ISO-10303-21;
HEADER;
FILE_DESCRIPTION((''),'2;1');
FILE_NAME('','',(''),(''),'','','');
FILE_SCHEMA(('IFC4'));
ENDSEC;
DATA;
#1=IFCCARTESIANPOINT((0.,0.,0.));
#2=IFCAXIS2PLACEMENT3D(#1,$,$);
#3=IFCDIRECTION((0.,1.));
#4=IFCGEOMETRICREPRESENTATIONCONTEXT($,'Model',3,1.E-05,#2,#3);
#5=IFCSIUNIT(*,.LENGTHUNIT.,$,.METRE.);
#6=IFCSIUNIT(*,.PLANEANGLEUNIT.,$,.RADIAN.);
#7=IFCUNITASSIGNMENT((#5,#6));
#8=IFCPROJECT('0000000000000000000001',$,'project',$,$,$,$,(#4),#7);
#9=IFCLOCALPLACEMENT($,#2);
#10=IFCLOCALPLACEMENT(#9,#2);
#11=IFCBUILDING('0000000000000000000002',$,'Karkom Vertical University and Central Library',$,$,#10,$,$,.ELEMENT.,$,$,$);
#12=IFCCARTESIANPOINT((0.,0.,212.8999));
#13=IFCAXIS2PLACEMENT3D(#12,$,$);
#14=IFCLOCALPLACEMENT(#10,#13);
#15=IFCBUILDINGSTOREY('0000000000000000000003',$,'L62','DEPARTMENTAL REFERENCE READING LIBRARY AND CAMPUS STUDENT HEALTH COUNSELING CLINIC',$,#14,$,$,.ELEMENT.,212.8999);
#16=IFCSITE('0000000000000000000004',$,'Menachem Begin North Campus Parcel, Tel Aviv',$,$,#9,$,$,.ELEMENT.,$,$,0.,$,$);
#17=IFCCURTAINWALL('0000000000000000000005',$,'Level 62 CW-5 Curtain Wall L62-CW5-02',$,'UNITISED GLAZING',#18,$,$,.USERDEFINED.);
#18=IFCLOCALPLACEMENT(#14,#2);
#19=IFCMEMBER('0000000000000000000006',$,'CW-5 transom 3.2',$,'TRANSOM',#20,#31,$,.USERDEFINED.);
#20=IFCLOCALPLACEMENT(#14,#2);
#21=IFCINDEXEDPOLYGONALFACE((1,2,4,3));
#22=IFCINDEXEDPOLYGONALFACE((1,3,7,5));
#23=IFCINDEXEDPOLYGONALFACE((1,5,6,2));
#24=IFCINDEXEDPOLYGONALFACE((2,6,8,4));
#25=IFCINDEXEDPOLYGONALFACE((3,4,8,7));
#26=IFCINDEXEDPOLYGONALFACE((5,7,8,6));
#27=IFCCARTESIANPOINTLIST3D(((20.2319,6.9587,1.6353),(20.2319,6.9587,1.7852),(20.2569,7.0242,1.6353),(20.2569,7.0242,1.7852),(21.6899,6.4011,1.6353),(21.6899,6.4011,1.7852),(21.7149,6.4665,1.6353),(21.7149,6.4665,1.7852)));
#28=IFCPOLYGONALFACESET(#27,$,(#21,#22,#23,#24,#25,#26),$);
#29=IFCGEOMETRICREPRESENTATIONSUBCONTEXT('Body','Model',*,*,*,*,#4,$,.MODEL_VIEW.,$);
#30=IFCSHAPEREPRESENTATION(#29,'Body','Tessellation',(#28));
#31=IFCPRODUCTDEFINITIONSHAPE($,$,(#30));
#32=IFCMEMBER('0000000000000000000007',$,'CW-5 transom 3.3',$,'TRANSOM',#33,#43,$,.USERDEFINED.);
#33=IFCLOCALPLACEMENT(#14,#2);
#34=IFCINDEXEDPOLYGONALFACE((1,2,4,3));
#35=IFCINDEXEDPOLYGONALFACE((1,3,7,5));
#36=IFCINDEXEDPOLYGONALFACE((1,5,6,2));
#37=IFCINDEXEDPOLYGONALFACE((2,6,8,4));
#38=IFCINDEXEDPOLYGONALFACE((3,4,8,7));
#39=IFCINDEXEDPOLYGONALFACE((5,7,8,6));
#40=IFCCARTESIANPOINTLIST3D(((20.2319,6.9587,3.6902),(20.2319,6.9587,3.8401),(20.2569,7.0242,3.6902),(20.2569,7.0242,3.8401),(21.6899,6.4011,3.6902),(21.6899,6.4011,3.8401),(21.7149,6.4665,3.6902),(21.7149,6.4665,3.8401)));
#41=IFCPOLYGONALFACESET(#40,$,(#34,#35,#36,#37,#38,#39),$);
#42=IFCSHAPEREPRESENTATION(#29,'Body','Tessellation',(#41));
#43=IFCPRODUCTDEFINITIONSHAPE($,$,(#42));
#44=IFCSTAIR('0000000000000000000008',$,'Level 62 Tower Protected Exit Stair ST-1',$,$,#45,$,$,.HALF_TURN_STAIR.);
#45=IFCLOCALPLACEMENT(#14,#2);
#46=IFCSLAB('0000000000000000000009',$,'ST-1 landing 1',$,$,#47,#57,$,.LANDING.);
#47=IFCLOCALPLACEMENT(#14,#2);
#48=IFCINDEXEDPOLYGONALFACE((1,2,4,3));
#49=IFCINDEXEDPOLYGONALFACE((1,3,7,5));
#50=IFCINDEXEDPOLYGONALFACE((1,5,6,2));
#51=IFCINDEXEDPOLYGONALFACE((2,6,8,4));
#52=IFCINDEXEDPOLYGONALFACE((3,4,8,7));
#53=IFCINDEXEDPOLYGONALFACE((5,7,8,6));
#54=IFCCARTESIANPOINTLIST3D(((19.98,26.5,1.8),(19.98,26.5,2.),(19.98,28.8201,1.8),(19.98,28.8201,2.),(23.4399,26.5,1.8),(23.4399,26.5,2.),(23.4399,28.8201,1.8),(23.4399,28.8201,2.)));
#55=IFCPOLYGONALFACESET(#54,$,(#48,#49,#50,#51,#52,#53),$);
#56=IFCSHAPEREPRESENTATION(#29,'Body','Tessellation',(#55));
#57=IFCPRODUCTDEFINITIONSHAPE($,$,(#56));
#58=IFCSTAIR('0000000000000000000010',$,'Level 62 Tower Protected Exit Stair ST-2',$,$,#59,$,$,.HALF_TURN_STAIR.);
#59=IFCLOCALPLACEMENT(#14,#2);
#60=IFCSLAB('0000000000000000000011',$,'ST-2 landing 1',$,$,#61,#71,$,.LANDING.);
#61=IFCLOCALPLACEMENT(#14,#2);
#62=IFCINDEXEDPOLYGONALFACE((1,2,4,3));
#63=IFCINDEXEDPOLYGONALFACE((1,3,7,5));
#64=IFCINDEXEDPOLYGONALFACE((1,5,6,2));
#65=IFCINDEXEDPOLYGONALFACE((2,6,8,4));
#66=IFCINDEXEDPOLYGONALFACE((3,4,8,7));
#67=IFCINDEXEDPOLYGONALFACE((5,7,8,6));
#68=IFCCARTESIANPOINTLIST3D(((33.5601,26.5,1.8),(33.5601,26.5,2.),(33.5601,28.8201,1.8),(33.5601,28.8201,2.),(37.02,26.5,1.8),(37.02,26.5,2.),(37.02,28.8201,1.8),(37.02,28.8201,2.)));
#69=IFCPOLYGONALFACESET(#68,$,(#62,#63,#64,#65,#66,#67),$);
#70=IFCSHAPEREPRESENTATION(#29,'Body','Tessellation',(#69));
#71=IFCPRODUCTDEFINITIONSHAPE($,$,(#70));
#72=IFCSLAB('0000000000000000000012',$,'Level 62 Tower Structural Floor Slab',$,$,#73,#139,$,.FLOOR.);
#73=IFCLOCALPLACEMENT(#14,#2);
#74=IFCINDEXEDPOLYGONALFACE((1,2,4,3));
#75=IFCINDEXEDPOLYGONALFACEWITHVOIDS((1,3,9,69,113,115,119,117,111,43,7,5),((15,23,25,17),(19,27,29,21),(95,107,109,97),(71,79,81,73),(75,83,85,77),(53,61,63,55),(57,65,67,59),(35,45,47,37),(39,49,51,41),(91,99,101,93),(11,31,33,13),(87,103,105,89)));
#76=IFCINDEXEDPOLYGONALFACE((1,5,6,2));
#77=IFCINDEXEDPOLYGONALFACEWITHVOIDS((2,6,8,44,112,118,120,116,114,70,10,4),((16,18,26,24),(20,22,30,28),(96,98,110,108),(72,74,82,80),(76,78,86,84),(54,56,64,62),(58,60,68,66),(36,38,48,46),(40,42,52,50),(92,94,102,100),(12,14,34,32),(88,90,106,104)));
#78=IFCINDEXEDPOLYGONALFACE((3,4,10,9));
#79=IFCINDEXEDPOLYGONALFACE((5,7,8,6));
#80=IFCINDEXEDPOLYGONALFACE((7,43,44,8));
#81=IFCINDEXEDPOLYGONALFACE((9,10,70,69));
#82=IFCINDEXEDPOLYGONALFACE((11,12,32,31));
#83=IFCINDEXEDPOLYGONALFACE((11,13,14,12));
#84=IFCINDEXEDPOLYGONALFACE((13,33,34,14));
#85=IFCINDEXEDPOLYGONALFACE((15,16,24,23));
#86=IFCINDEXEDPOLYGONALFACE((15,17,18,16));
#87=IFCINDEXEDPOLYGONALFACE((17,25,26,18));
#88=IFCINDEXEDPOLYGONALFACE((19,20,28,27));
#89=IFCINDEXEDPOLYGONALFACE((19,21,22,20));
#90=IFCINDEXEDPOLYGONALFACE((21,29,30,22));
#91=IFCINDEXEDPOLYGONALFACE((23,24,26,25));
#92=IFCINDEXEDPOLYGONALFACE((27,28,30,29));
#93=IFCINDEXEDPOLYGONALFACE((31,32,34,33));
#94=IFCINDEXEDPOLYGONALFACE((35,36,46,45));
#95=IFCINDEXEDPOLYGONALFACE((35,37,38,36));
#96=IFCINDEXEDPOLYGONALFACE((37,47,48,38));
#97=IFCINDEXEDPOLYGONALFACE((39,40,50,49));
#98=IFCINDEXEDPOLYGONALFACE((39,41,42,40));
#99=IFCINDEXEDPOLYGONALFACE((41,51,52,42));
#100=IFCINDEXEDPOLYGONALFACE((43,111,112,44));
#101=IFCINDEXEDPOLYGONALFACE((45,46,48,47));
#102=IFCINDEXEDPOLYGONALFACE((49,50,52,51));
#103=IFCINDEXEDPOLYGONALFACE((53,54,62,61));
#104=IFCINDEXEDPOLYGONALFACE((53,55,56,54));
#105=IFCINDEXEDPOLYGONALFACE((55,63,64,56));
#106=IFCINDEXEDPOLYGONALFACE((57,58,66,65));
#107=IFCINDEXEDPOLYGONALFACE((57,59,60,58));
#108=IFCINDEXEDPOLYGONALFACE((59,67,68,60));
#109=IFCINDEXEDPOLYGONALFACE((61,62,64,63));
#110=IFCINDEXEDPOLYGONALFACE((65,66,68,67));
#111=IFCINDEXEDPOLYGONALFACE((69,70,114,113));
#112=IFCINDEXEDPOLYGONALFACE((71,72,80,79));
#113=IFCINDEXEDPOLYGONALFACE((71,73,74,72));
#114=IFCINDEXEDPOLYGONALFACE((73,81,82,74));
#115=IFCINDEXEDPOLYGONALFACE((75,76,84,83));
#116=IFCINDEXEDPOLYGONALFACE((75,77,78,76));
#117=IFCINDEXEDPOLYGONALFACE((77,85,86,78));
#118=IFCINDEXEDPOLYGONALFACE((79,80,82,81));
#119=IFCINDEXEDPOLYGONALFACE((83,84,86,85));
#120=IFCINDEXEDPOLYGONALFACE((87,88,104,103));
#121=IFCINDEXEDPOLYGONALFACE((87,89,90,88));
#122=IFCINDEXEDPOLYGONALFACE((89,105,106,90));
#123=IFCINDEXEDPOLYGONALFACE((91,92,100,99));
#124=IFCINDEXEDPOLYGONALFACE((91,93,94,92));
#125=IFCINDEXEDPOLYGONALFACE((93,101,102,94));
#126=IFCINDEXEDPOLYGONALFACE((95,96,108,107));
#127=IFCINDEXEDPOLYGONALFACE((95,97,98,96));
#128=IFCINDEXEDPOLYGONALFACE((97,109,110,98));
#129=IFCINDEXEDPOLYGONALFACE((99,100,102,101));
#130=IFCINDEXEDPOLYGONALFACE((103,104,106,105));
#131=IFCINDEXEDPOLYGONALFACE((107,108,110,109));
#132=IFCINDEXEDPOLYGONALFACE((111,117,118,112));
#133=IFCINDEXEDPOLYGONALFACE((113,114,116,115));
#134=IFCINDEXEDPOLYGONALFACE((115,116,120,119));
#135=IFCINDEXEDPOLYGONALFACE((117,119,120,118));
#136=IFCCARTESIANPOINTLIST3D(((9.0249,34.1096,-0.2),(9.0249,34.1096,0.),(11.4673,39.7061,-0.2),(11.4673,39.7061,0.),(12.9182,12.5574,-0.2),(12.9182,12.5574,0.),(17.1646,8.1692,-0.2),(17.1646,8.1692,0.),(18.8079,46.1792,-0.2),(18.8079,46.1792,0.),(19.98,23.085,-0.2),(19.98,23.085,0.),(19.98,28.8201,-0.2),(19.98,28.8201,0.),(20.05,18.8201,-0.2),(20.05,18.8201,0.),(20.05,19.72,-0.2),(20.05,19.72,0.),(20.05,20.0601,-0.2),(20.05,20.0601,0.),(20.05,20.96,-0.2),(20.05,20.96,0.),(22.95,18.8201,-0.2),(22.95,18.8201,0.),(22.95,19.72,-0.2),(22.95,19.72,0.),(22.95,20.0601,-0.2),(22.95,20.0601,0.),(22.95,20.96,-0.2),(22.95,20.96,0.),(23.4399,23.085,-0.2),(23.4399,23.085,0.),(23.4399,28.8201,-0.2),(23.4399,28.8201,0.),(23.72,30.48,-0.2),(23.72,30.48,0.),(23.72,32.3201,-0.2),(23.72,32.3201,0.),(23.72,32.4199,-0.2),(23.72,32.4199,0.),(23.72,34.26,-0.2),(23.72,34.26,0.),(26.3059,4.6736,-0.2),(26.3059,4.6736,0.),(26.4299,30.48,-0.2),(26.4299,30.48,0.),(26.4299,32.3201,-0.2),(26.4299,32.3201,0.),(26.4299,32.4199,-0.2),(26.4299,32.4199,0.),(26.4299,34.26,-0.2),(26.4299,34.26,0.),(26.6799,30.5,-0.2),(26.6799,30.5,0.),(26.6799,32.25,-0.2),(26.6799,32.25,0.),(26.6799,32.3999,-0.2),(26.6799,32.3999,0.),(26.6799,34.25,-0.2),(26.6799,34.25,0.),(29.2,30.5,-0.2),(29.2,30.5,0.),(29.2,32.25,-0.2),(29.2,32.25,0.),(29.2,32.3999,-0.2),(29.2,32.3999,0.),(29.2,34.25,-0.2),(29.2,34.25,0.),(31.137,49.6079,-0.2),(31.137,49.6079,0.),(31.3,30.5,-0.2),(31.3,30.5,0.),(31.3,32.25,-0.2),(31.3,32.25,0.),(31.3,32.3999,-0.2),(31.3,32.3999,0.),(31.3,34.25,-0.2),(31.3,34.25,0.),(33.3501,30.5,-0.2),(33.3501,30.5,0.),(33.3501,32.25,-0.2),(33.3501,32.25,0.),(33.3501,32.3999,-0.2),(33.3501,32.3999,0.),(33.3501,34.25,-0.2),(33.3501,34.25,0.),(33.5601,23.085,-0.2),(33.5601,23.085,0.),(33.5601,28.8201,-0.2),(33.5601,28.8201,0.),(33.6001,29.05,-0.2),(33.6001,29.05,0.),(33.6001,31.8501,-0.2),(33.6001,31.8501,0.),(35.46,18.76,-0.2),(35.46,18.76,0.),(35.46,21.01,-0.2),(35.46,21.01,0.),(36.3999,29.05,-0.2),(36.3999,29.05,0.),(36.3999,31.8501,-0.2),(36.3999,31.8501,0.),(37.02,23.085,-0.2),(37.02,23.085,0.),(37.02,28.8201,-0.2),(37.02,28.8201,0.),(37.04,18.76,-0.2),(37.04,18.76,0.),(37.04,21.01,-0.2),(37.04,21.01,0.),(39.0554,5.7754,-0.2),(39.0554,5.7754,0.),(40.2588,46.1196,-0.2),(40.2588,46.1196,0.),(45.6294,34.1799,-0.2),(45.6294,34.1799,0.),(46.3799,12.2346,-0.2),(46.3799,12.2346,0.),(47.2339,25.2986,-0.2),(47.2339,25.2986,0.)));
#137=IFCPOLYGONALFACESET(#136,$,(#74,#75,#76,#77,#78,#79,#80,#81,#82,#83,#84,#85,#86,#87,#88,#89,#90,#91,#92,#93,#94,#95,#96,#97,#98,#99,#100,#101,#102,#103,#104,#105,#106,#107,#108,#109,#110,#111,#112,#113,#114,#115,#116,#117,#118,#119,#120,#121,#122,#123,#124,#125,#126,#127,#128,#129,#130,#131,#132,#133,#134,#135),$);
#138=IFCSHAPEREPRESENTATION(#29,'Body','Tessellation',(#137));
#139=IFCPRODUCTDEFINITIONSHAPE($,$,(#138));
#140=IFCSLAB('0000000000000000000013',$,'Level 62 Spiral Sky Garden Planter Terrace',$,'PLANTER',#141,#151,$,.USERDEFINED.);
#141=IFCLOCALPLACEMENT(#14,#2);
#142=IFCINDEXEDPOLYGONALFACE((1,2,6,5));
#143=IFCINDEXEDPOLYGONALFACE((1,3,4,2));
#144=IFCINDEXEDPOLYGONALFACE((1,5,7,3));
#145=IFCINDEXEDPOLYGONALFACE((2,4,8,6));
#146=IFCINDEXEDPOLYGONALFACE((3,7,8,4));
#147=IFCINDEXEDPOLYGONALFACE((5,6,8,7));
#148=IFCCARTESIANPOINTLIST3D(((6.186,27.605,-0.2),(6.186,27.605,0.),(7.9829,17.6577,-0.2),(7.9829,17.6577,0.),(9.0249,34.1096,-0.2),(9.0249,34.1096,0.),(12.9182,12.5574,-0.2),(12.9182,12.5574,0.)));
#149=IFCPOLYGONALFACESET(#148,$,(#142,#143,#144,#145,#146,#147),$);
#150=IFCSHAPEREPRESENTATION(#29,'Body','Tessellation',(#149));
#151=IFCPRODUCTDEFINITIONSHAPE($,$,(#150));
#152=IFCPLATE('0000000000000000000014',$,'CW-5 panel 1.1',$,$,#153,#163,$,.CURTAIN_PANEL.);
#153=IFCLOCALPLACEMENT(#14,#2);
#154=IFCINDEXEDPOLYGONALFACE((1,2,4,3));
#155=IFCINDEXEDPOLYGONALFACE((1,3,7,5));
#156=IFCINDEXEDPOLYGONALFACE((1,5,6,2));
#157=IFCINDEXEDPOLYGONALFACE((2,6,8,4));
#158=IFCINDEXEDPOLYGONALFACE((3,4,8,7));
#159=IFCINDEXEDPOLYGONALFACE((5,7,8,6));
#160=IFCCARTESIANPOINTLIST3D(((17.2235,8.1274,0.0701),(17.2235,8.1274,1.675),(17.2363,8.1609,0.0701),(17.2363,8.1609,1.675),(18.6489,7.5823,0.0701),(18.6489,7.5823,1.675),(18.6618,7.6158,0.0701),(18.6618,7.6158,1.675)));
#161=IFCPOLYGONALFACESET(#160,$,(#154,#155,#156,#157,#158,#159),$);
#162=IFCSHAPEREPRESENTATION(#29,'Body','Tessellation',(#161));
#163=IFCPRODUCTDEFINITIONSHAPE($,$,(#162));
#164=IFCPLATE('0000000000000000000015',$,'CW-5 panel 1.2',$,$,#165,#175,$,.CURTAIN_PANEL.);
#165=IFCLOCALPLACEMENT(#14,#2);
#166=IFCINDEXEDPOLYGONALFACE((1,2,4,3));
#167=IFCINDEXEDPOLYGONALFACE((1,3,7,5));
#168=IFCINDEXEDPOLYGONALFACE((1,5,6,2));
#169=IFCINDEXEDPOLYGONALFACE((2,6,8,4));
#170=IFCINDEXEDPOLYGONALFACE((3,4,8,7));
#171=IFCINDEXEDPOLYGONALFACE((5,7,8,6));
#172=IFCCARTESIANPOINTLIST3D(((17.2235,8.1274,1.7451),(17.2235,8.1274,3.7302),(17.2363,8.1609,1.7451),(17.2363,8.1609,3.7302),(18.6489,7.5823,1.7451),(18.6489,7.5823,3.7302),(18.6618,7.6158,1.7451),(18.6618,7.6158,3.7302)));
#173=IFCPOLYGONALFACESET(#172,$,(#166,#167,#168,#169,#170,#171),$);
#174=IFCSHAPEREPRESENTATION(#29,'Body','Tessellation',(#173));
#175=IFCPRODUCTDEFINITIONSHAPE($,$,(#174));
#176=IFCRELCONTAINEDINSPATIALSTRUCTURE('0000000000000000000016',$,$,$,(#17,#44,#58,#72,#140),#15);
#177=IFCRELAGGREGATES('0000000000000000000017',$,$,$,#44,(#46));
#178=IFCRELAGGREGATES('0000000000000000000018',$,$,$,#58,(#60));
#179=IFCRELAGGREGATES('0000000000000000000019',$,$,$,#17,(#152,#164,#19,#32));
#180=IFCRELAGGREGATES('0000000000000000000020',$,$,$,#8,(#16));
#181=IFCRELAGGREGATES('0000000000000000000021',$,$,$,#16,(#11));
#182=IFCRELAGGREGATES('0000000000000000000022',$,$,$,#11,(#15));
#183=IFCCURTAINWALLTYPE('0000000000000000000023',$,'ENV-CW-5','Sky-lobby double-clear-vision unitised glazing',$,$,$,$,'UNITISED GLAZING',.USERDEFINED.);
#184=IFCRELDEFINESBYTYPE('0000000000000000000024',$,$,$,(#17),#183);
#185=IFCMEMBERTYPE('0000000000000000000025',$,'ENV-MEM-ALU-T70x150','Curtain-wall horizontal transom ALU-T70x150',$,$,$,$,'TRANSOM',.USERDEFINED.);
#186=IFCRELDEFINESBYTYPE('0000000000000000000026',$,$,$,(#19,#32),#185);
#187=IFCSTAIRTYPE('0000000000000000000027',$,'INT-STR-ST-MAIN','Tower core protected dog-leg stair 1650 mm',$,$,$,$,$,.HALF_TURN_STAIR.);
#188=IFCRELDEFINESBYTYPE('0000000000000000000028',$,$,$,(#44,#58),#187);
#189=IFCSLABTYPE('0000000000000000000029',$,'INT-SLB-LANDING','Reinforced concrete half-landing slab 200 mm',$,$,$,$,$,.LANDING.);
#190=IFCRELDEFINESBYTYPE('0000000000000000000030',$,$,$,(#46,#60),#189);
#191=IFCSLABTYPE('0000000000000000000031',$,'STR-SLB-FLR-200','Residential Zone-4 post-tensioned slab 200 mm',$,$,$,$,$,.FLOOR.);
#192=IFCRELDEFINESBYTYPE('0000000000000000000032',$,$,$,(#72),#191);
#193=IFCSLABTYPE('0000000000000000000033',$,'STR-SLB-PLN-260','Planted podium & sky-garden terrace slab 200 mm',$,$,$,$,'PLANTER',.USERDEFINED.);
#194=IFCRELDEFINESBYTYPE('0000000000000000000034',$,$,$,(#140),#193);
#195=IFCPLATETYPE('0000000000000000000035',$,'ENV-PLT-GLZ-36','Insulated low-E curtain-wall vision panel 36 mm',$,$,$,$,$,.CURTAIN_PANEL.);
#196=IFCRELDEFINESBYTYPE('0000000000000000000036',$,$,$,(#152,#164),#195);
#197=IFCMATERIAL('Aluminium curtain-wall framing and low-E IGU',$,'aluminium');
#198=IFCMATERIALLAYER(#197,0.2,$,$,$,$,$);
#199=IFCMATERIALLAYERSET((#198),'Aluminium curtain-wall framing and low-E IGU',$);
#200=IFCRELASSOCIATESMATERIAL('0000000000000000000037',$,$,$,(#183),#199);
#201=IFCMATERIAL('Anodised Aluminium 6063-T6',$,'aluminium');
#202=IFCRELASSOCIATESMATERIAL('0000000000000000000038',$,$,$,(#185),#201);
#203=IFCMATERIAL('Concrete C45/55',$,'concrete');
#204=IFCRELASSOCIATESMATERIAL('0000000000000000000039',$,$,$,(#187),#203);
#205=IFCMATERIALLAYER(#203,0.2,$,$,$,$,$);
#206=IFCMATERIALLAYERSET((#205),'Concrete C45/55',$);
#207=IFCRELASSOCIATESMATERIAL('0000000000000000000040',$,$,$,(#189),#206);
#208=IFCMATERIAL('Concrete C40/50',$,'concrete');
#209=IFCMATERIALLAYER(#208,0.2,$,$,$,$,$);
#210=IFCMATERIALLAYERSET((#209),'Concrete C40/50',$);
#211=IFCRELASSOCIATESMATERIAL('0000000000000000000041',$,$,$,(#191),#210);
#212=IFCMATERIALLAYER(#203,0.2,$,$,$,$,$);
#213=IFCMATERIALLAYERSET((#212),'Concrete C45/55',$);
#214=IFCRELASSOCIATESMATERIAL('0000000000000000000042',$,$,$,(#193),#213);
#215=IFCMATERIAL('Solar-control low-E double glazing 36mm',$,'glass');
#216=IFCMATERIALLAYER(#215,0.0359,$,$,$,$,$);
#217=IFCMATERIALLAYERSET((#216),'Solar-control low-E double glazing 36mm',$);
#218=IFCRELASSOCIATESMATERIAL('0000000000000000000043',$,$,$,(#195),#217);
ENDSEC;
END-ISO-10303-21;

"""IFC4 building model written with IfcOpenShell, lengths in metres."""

from ifc_helpers import new_model, si_unit, direction, frame, origin, origin_with_axes, origin_2d, place, context, subcontext, project, spatial, polyline, rectangle, outline, extrude, source, transform, mapped, material, layer, layer_set, material_profile, profile_set, type_object, element, aggregate, save


model = new_model("IFC4")

# Units and contexts
model_context = context("Model", 3, precision=1e-05, world=origin(), true_north=direction((0.0, 1.0)))
body_context = subcontext(model_context, "Body", "Model", "MODEL_VIEW")
ifc_project = project(units=[si_unit("LENGTHUNIT", "METRE"), si_unit("PLANEANGLEUNIT", "RADIAN")], contexts=[model_context])

# Site, building, storey
site_placement = place(None, origin())
site = spatial("IfcSite", under=ifc_project, at=site_placement, Name="Menachem Begin North Campus Parcel, Tel Aviv", CompositionType="ELEMENT", RefElevation=0.0)
building_placement = place(site_placement, origin())
building = spatial("IfcBuilding", under=site, at=building_placement, Name="Karkom Vertical University and Central Library", CompositionType="ELEMENT")
storey_placement = place(building_placement, frame((0.0, 0.0, 212.8999)))
storey = spatial("IfcBuildingStorey", under=building, at=storey_placement, Name="L62", Description="DEPARTMENTAL REFERENCE READING LIBRARY AND CAMPUS STUDENT HEALTH COUNSELING CLINIC", CompositionType="ELEMENT", Elevation=212.8999)

# Curtain wall, members
ifc_material_1 = material(Name="Aluminium curtain-wall framing and low-E IGU", Category="aluminium")
ifc_layer_1 = layer(ifc_material_1, 0.2)
ifc_layer_set_1 = layer_set([ifc_layer_1], Name="Aluminium curtain-wall framing and low-E IGU")
curtain_wall_type = type_object("IfcCurtainWallType", Name="ENV-CW-5", Description="Sky-lobby double-clear-vision unitised glazing", ElementType="UNITISED GLAZING", PredefinedType="USERDEFINED", material=ifc_layer_set_1)
curtain_wall_placement = place(storey_placement, origin())
curtain_wall = element("IfcCurtainWall", 1, at=curtain_wall_placement, inside=storey, type_object=curtain_wall_type, Name="Level 62 CW-5 Curtain Wall L62-CW5-02", ObjectType="UNITISED GLAZING", PredefinedType="USERDEFINED")
ifc_material_2 = material(Name="Anodised Aluminium 6063-T6", Category="aluminium")
ifc_material_profile_1 = material_profile(ifc_material_2, rectangle(XDim=0.0701, YDim=0.1499, at=origin_2d()), Name="ALU-T70x150")
ifc_profile_set_1 = profile_set([ifc_material_profile_1], Name="Anodised Aluminium 6063-T6")
member_type_1 = type_object("IfcMemberType", Name="ENV-MEM-ALU-T70x150", Description="Curtain-wall horizontal transom ALU-T70x150", ElementType="TRANSOM", PredefinedType="USERDEFINED", material=ifc_profile_set_1)
shared_shape_1 = source(origin_with_axes(), body_context, "Body", "SweptSolid", [
    extrude(rectangle(XDim=0.0701, YDim=0.1499, at=origin_2d()), origin(), (0.0, 0.0, 1.0), 1.561),
])
member_1_placement = place(storey_placement, frame((20.2444, 6.9915, 1.7102), z_axis=(0.934021, -0.357218, 0.0), x_axis=(0.357218, 0.934021, 0.0)))
member_1 = element("IfcMember", 2, at=member_1_placement, type_object=member_type_1, Name="CW-5 transom 3.2", ObjectType="TRANSOM", PredefinedType="USERDEFINED", context=body_context, shape_type="MappedRepresentation", body=[
    mapped(shared_shape_1, transform((0.0, 0.0, 0.0), scale=1.0)),
])
member_2_placement = place(storey_placement, frame((20.2444, 6.9915, 3.7651), z_axis=(0.934021, -0.357218, 0.0), x_axis=(0.357218, 0.934021, 0.0)))
member_2 = element("IfcMember", 3, at=member_2_placement, type_object=member_type_1, Name="CW-5 transom 3.3", ObjectType="TRANSOM", PredefinedType="USERDEFINED", context=body_context, shape_type="MappedRepresentation", body=[
    mapped(shared_shape_1, transform((0.0, 0.0, 0.0), scale=1.0)),
])

# Stairs, slabs
ifc_material_3 = material(Name="Concrete C45/55", Category="concrete")
stair_type = type_object("IfcStairType", Name="INT-STR-ST-MAIN", Description="Tower core protected dog-leg stair 1650 mm", PredefinedType="HALF_TURN_STAIR", material=ifc_material_3)
stair_1_placement = place(storey_placement, origin())
stair_1 = element("IfcStair", 4, at=stair_1_placement, inside=storey, type_object=stair_type, Name="Level 62 Tower Protected Exit Stair ST-1", PredefinedType="HALF_TURN_STAIR")
ifc_layer_2 = layer(ifc_material_3, 0.2)
ifc_layer_set_2 = layer_set([ifc_layer_2], Name="Concrete C45/55")
slab_type_1 = type_object("IfcSlabType", Name="INT-SLB-LANDING", Description="Reinforced concrete half-landing slab 200 mm", PredefinedType="LANDING", material=ifc_layer_set_2)
slab_1_placement = place(storey_placement, frame((0.0, 0.0, 1.8)))
slab_1 = element("IfcSlab", 5, at=slab_1_placement, type_object=slab_type_1, Name="ST-1 landing 1", PredefinedType="LANDING", context=body_context, shape_type="SweptSolid", body=[
    extrude(outline(polyline([(23.4399, 26.5), (23.4399, 28.8201), (19.98, 28.8201), (19.98, 26.5), (23.4399, 26.5)])), origin(), (0.0, 0.0, 1.0), 0.2),
])
aggregate(stair_1, [slab_1])
stair_2_placement = place(storey_placement, origin())
stair_2 = element("IfcStair", 6, at=stair_2_placement, inside=storey, type_object=stair_type, Name="Level 62 Tower Protected Exit Stair ST-2", PredefinedType="HALF_TURN_STAIR")
slab_2_placement = place(storey_placement, frame((0.0, 0.0, 1.8)))
slab_2 = element("IfcSlab", 7, at=slab_2_placement, type_object=slab_type_1, Name="ST-2 landing 1", PredefinedType="LANDING", context=body_context, shape_type="SweptSolid", body=[
    extrude(outline(polyline([(37.02, 26.5), (37.02, 28.8201), (33.5601, 28.8201), (33.5601, 26.5), (37.02, 26.5)])), origin(), (0.0, 0.0, 1.0), 0.2),
])
aggregate(stair_2, [slab_2])

# Slabs
ifc_material_4 = material(Name="Concrete C40/50", Category="concrete")
ifc_layer_3 = layer(ifc_material_4, 0.2)
ifc_layer_set_3 = layer_set([ifc_layer_3], Name="Concrete C40/50")
slab_type_2 = type_object("IfcSlabType", Name="STR-SLB-FLR-200", Description="Residential Zone-4 post-tensioned slab 200 mm", PredefinedType="FLOOR", material=ifc_layer_set_3)
slab_3_placement = place(storey_placement, frame((0.0, 0.0, -0.2)))
element("IfcSlab", 8, at=slab_3_placement, inside=storey, type_object=slab_type_2, Name="Level 62 Tower Structural Floor Slab", PredefinedType="FLOOR", context=body_context, shape_type="SweptSolid", body=[
    extrude(outline(polyline([(12.9182, 12.5574), (17.1646, 8.1692), (26.3059, 4.6736), (39.0554, 5.7754), (46.3799, 12.2346), (47.2339, 25.2986), (45.6294, 34.1799), (40.2588, 46.1196), (31.137, 49.6079), (18.8079, 46.1792), (11.4673, 39.7061), (9.0249, 34.1096), (12.9182, 12.5574)]), holes=[polyline([(19.98, 23.085), (23.4399, 23.085), (23.4399, 28.8201), (19.98, 28.8201), (19.98, 23.085)]), polyline([(33.5601, 23.085), (37.02, 23.085), (37.02, 28.8201), (33.5601, 28.8201), (33.5601, 23.085)]), polyline([(26.6799, 30.5), (29.2, 30.5), (29.2, 32.25), (26.6799, 32.25), (26.6799, 30.5)]), polyline([(26.6799, 32.3999), (29.2, 32.3999), (29.2, 34.25), (26.6799, 34.25), (26.6799, 32.3999)]), polyline([(31.3, 30.5), (33.3501, 30.5), (33.3501, 32.25), (31.3, 32.25), (31.3, 30.5)]), polyline([(31.3, 32.3999), (33.3501, 32.3999), (33.3501, 34.25), (31.3, 34.25), (31.3, 32.3999)]), polyline([(23.72, 30.48), (26.4299, 30.48), (26.4299, 32.3201), (23.72, 32.3201), (23.72, 30.48)]), polyline([(23.72, 32.4199), (26.4299, 32.4199), (26.4299, 34.26), (23.72, 34.26), (23.72, 32.4199)]), polyline([(33.6001, 29.05), (36.3999, 29.05), (36.3999, 31.8501), (33.6001, 31.8501), (33.6001, 29.05)]), polyline([(20.05, 18.8201), (22.95, 18.8201), (22.95, 19.72), (20.05, 19.72), (20.05, 18.8201)]), polyline([(20.05, 20.0601), (22.95, 20.0601), (22.95, 20.96), (20.05, 20.96), (20.05, 20.0601)]), polyline([(35.46, 18.76), (37.04, 18.76), (37.04, 21.01), (35.46, 21.01), (35.46, 18.76)])]), origin(), (0.0, 0.0, 1.0), 0.2),
])
ifc_layer_4 = layer(ifc_material_3, 0.2)
ifc_layer_set_4 = layer_set([ifc_layer_4], Name="Concrete C45/55")
slab_type_3 = type_object("IfcSlabType", Name="STR-SLB-PLN-260", Description="Planted podium & sky-garden terrace slab 200 mm", ElementType="PLANTER", PredefinedType="USERDEFINED", material=ifc_layer_set_4)
slab_4_placement = place(storey_placement, frame((0.0, 0.0, -0.2)))
element("IfcSlab", 9, at=slab_4_placement, inside=storey, type_object=slab_type_3, Name="Level 62 Spiral Sky Garden Planter Terrace", ObjectType="PLANTER", PredefinedType="USERDEFINED", context=body_context, shape_type="SweptSolid", body=[
    extrude(outline(polyline([(7.9829, 17.6577), (12.9182, 12.5574), (9.0249, 34.1096), (6.186, 27.605), (7.9829, 17.6577)])), origin(), (0.0, 0.0, 1.0), 0.2),
])

# Plates
ifc_material_5 = material(Name="Solar-control low-E double glazing 36mm", Category="glass")
ifc_layer_5 = layer(ifc_material_5, 0.0359)
ifc_layer_set_5 = layer_set([ifc_layer_5], Name="Solar-control low-E double glazing 36mm")
plate_type = type_object("IfcPlateType", Name="ENV-PLT-GLZ-36", Description="Insulated low-E curtain-wall vision panel 36 mm", PredefinedType="CURTAIN_PANEL", material=ifc_layer_set_5)
shared_shape_2 = source(origin_with_axes(), body_context, "Body", "SweptSolid", [
    extrude(rectangle(XDim=1.5261, YDim=0.0359, at=origin_2d()), origin(), (0.0, 0.0, 1.0), 1.605),
])
plate_1_placement = place(storey_placement, frame((17.9426, 7.8716, 0.0701), z_axis=(0.0, 0.0, 1.0), x_axis=(0.934035, -0.357182, 0.0)))
plate_1 = element("IfcPlate", 10, at=plate_1_placement, type_object=plate_type, Name="CW-5 panel 1.1", PredefinedType="CURTAIN_PANEL", context=body_context, shape_type="MappedRepresentation", body=[
    mapped(shared_shape_2, transform((0.0, 0.0, 0.0), scale=1.0)),
])
shared_shape_3 = source(origin_with_axes(), body_context, "Body", "SweptSolid", [
    extrude(rectangle(XDim=1.5261, YDim=0.0359, at=origin_2d()), origin(), (0.0, 0.0, 1.0), 1.9851),
])
plate_2_placement = place(storey_placement, frame((17.9426, 7.8716, 1.7451), z_axis=(0.0, 0.0, 1.0), x_axis=(0.934035, -0.357182, 0.0)))
plate_2 = element("IfcPlate", 11, at=plate_2_placement, type_object=plate_type, Name="CW-5 panel 1.2", PredefinedType="CURTAIN_PANEL", context=body_context, shape_type="MappedRepresentation", body=[
    mapped(shared_shape_3, transform((0.0, 0.0, 0.0), scale=1.0)),
])
aggregate(curtain_wall, [plate_1, plate_2, member_1, member_2])

save(model, "model.ifc")
